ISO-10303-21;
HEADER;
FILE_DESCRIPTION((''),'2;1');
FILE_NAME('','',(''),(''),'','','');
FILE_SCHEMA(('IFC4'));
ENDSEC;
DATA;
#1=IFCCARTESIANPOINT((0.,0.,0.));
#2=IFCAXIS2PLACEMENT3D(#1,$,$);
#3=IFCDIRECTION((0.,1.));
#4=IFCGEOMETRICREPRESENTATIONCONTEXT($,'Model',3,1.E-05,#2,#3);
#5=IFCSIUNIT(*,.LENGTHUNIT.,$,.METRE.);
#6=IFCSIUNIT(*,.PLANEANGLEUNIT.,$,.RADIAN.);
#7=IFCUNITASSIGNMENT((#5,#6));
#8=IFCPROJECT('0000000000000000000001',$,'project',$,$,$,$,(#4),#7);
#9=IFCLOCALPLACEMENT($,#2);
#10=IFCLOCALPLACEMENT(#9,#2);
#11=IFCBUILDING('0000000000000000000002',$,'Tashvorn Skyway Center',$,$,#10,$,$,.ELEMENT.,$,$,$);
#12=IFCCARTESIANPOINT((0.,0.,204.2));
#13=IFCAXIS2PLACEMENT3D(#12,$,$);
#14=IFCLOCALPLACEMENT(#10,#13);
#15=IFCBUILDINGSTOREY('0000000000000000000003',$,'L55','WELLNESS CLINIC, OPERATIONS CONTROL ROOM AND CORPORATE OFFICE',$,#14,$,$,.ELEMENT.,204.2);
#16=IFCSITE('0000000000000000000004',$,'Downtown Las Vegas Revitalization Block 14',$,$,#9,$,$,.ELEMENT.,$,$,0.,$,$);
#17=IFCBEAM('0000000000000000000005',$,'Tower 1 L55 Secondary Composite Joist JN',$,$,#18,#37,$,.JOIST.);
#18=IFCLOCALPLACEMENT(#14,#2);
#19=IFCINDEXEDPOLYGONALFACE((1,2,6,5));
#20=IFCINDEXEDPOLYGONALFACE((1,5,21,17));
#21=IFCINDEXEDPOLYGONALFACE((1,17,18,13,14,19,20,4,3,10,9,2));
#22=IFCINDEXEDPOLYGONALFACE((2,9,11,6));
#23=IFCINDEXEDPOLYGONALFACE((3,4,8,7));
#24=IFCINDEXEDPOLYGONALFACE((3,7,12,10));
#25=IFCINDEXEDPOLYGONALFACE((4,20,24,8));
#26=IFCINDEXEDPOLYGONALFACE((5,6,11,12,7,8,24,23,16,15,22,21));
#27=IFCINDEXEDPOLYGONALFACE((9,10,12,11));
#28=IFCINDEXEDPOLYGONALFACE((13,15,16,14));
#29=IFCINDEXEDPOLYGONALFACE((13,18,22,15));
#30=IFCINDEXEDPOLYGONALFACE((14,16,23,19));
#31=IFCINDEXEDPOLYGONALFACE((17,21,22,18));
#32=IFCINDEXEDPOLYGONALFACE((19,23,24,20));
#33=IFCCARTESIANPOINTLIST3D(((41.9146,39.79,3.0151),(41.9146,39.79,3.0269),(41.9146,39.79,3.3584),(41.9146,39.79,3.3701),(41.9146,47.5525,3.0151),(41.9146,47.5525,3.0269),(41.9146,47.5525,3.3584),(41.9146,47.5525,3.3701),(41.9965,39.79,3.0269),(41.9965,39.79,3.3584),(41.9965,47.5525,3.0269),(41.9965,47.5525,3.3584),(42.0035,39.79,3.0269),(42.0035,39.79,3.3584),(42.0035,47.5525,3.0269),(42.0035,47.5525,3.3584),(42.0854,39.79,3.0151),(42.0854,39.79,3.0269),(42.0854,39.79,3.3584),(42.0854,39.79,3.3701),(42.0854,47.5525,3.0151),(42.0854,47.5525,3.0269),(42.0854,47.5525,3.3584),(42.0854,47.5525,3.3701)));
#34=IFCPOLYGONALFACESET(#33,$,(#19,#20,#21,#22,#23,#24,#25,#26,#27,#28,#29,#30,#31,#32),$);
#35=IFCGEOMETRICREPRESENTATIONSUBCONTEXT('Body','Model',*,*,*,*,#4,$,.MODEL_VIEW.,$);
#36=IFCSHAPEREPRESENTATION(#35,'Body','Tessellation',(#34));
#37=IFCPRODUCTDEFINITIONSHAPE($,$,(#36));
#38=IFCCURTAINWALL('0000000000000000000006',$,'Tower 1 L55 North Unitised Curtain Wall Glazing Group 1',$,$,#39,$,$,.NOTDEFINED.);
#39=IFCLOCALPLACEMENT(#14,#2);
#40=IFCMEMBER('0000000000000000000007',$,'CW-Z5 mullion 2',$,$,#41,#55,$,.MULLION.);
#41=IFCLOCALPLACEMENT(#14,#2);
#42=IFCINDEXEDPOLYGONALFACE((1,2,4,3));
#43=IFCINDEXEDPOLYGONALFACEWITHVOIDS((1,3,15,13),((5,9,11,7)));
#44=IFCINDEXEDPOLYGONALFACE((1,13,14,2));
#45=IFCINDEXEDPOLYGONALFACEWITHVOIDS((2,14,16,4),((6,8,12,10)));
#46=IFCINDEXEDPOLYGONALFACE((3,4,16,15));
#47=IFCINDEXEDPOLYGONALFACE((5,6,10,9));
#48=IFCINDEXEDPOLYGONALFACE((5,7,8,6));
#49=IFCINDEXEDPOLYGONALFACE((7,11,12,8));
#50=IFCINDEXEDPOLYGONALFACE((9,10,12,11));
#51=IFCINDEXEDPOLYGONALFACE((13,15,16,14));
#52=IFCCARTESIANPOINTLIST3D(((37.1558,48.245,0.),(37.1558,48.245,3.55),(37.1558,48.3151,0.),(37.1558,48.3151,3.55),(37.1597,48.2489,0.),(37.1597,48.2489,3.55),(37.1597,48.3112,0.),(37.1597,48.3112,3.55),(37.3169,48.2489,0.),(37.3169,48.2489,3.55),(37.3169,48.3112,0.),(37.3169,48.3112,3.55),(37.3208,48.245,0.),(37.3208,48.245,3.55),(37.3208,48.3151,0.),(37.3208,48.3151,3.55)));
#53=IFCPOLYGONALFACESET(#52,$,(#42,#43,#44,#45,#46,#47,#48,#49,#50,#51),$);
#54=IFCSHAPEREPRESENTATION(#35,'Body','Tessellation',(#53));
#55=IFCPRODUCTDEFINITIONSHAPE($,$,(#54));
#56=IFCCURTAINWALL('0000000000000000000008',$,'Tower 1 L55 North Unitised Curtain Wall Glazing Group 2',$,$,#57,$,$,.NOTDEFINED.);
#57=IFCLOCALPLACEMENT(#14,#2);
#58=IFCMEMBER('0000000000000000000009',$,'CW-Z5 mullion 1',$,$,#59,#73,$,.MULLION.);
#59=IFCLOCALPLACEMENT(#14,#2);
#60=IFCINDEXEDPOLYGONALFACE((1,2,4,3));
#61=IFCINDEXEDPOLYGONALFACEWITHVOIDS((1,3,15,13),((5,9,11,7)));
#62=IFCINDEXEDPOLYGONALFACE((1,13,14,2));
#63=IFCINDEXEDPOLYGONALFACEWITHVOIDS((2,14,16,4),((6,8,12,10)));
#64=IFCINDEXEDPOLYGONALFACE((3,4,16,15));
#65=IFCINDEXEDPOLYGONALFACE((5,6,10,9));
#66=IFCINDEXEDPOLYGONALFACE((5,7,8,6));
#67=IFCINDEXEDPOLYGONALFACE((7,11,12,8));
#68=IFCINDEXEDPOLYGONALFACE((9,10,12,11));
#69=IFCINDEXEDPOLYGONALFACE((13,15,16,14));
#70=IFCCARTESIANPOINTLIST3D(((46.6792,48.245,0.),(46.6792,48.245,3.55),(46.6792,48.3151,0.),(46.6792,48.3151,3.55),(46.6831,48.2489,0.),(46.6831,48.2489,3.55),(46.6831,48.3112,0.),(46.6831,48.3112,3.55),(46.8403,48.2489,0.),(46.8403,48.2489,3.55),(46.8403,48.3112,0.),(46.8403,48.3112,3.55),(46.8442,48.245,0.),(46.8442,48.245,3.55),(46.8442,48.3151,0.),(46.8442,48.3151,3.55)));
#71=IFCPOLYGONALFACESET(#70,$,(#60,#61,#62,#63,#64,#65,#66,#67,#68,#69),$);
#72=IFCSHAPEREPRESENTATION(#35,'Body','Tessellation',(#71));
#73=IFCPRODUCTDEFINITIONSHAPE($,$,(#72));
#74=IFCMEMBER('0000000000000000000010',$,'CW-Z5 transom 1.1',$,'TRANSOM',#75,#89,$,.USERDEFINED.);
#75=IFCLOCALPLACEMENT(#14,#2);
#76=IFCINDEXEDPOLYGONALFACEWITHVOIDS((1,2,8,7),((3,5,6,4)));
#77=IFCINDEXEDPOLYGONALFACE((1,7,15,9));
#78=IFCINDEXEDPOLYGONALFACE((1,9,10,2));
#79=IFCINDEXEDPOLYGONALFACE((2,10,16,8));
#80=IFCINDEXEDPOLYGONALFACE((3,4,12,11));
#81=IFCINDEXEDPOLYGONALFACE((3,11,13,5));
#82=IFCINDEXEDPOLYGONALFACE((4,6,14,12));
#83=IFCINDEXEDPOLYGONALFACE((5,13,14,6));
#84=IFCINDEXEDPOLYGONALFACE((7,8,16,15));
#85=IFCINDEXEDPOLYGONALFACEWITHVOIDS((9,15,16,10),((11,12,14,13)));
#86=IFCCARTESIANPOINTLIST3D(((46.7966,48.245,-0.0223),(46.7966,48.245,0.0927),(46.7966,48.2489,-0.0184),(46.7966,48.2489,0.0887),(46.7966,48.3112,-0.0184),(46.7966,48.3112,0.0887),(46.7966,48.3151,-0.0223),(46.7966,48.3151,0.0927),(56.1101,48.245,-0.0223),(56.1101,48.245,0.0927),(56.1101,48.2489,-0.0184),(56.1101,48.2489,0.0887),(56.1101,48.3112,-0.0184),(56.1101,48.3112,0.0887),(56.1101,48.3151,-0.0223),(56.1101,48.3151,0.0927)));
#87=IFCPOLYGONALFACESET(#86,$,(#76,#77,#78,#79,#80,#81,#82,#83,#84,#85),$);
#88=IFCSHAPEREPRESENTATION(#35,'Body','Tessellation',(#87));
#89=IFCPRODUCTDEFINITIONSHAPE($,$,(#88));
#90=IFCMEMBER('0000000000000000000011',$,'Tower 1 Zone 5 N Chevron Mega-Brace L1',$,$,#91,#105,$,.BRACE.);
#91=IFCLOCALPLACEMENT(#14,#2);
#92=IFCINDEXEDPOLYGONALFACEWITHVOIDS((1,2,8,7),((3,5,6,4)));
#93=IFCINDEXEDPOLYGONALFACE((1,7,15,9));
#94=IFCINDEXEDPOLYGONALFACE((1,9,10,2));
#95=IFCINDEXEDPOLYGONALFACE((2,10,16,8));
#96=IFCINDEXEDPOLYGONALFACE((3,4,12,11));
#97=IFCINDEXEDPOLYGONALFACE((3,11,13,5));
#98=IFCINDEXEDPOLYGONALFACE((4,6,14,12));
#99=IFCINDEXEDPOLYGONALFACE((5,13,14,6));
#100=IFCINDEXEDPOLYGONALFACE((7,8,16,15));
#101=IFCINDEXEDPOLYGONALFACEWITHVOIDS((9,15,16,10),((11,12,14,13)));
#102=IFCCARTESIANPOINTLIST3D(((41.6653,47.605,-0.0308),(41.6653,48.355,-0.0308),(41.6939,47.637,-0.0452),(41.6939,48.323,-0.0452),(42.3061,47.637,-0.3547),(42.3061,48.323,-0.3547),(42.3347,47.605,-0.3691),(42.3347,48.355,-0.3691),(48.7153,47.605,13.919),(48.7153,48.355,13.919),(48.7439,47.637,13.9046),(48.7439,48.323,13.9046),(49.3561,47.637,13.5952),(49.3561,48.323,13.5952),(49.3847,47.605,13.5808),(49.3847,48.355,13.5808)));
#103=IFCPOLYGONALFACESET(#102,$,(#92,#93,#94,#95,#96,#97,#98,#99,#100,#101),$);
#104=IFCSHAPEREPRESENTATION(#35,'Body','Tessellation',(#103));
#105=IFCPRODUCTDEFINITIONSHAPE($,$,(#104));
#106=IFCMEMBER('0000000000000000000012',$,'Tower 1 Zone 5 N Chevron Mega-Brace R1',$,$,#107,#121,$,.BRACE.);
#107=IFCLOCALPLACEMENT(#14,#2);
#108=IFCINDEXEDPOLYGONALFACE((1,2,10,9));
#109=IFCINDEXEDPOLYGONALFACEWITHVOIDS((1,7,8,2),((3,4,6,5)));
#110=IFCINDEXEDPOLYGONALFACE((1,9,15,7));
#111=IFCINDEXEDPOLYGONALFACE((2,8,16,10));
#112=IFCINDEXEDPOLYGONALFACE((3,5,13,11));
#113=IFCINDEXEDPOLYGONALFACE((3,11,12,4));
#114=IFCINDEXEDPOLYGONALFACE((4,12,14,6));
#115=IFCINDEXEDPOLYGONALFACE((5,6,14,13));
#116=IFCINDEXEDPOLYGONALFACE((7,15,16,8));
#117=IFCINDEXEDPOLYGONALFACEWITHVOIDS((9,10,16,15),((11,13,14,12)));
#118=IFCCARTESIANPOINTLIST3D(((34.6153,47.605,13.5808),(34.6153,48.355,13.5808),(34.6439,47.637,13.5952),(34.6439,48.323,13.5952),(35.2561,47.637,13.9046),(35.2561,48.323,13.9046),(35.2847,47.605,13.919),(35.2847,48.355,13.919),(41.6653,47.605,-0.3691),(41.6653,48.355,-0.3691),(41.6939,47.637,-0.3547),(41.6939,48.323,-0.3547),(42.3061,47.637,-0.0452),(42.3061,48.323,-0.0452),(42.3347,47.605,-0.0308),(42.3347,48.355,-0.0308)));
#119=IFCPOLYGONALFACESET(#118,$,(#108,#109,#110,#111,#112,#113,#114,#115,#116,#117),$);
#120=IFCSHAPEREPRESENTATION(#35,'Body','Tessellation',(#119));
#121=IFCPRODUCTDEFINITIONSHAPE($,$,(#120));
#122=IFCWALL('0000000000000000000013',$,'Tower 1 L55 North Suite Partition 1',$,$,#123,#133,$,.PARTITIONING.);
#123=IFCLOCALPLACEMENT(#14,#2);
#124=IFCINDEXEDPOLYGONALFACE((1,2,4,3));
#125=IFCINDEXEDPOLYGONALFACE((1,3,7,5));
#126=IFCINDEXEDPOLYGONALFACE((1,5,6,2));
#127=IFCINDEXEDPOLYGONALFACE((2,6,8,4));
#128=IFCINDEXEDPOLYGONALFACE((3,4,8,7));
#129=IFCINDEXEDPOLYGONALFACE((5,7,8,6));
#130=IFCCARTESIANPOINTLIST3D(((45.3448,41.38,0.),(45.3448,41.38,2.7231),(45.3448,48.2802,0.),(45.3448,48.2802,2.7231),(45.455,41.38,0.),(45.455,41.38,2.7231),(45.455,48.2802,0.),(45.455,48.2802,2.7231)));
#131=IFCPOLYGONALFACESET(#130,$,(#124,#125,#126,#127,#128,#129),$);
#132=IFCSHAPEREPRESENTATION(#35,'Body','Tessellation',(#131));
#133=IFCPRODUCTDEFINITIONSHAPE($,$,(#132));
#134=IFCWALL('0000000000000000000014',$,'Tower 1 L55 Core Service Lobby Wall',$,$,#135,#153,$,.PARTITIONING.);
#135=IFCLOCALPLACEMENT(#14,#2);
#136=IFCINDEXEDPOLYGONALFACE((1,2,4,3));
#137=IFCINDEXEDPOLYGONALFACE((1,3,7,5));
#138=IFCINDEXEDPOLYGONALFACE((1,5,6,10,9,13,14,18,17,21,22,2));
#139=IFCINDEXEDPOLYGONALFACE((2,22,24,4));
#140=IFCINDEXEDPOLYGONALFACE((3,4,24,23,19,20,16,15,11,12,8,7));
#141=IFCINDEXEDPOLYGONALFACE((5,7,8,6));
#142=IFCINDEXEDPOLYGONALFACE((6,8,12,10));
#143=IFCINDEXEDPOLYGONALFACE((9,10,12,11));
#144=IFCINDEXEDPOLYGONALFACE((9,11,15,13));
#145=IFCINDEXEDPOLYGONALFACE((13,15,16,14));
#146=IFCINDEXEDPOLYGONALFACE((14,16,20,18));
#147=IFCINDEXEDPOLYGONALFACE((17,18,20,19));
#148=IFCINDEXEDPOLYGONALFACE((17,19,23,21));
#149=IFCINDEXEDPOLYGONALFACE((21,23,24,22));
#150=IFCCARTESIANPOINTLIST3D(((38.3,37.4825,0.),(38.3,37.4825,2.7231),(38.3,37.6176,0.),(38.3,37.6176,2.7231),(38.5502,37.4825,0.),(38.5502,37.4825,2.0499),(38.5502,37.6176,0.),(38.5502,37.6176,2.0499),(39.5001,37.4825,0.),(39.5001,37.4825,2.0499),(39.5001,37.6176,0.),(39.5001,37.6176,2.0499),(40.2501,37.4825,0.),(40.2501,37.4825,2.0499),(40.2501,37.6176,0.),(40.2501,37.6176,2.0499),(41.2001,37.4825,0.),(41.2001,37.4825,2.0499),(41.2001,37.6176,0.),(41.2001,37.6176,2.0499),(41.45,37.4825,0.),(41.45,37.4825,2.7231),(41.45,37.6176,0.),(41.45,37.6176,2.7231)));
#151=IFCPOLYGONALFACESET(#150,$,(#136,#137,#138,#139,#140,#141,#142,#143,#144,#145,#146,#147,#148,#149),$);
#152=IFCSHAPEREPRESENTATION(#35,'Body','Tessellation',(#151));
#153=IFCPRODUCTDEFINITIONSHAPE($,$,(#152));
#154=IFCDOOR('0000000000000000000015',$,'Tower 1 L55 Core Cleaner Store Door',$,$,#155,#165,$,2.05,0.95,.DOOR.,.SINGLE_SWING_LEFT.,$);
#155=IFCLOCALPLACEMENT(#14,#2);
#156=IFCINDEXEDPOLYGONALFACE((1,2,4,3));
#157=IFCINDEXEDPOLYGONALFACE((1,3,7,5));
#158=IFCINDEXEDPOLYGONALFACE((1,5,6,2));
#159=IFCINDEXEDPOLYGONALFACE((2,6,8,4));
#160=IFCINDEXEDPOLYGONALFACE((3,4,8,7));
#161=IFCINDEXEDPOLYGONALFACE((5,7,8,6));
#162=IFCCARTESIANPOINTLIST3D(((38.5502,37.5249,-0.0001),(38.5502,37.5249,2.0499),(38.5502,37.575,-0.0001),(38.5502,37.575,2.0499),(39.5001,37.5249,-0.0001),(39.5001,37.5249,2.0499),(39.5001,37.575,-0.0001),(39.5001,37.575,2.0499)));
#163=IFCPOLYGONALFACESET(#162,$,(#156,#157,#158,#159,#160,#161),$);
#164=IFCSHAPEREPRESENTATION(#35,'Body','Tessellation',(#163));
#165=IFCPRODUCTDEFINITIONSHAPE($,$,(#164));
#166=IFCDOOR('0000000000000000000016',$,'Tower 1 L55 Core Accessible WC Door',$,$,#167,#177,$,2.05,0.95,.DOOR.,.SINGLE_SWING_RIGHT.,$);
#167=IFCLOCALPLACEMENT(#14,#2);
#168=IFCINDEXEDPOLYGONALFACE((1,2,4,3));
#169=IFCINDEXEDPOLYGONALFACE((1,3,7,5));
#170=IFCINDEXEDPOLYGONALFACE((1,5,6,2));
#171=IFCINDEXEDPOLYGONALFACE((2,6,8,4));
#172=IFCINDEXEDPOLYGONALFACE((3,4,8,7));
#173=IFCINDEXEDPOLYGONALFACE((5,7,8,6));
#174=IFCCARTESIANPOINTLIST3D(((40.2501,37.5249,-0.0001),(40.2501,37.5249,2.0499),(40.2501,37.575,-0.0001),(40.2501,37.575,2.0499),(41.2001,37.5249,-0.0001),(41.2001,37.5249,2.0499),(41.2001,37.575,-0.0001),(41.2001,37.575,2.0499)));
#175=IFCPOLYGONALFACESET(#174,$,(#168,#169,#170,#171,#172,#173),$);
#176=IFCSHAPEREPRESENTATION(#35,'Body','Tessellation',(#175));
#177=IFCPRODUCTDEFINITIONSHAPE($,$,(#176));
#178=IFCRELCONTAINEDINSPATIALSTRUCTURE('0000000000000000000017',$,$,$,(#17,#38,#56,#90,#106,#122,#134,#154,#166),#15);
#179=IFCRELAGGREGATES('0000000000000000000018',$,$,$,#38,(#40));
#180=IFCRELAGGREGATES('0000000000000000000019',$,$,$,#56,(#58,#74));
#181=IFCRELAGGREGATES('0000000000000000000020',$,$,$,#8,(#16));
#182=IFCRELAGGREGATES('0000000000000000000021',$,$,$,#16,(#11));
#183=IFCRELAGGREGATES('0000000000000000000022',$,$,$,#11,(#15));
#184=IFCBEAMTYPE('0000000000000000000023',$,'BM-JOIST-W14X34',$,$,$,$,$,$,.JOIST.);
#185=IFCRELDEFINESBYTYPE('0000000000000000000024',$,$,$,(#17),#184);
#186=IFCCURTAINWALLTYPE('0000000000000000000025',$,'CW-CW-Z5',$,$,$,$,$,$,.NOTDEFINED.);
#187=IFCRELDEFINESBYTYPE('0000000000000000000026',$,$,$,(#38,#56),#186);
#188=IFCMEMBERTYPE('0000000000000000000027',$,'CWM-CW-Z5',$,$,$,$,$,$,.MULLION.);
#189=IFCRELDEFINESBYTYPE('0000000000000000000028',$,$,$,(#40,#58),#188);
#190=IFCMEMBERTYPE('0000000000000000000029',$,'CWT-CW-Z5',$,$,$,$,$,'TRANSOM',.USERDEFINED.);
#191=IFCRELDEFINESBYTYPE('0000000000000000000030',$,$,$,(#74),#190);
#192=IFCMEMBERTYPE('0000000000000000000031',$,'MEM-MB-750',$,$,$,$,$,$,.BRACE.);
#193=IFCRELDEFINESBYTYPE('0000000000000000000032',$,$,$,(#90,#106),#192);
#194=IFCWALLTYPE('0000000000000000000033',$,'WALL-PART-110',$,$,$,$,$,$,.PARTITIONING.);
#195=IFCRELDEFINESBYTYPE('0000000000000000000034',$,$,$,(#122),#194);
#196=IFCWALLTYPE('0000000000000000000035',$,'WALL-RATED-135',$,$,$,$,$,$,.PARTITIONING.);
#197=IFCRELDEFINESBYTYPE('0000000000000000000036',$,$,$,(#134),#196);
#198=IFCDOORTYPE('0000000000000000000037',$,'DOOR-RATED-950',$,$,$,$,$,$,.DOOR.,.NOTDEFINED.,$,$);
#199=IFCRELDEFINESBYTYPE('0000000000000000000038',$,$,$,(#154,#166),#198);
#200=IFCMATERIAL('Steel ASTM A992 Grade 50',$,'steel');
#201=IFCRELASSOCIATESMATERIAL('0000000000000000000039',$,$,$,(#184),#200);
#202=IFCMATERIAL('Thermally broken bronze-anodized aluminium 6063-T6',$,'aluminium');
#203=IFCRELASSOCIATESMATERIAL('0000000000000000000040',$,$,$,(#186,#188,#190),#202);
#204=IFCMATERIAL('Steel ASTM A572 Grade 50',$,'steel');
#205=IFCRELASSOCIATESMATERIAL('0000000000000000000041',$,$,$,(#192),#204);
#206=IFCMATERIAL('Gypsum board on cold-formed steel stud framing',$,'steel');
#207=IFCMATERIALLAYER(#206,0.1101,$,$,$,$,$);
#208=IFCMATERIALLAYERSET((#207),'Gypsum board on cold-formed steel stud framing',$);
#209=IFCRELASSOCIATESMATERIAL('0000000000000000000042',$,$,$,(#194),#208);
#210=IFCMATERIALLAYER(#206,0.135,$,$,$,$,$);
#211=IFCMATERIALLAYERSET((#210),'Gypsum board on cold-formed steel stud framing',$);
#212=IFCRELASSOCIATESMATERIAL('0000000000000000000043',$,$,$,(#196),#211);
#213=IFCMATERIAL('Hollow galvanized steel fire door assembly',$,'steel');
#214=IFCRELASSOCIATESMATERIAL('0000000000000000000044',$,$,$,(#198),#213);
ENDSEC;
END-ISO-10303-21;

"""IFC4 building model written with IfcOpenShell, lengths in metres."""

from ifc_helpers import new_model, si_unit, direction, frame, frame_2d, origin, origin_2d, place, context, subcontext, project, spatial, rectangle, hollow_rectangle, i_section, extrude, material, layer, layer_set, material_profile, profile_set, type_object, element, fill, aggregate, save


model = new_model("IFC4")

# Units and contexts
model_context = context("Model", 3, precision=1e-05, world=origin(), true_north=direction((0.0, 1.0)))
body_context = subcontext(model_context, "Body", "Model", "MODEL_VIEW")
ifc_project = project(units=[si_unit("LENGTHUNIT", "METRE"), si_unit("PLANEANGLEUNIT", "RADIAN")], contexts=[model_context])

# Site, building, storey
site_placement = place(None, origin())
site = spatial("IfcSite", under=ifc_project, at=site_placement, Name="Downtown Las Vegas Revitalization Block 14", CompositionType="ELEMENT", RefElevation=0.0)
building_placement = place(site_placement, origin())
building = spatial("IfcBuilding", under=site, at=building_placement, Name="Tashvorn Skyway Center", CompositionType="ELEMENT")
storey_placement = place(building_placement, frame((0.0, 0.0, 204.2)))
storey = spatial("IfcBuildingStorey", under=building, at=storey_placement, Name="L55", Description="WELLNESS CLINIC, OPERATIONS CONTROL ROOM AND CORPORATE OFFICE", CompositionType="ELEMENT", Elevation=204.2)

# Beam
ifc_material_1 = material(Name="Steel ASTM A992 Grade 50", Category="steel")
ifc_material_profile_1 = material_profile(ifc_material_1, i_section(OverallWidth=0.1709, OverallDepth=0.355, WebThickness=0.0071, FlangeThickness=0.0117, at=origin_2d()), Name="W14X34")
ifc_profile_set_1 = profile_set([ifc_material_profile_1], Name="Steel ASTM A992 Grade 50")
beam_type = type_object("IfcBeamType", Name="BM-JOIST-W14X34", PredefinedType="JOIST", material=ifc_profile_set_1)
beam_placement = place(storey_placement, frame((42.0, 39.79, 3.1926), z_axis=(0.0, 1.0, 0.0), x_axis=(-1.0, 0.0, 0.0)))
element("IfcBeam", 1, at=beam_placement, inside=storey, type_object=beam_type, Name="Tower 1 L55 Secondary Composite Joist JN", PredefinedType="JOIST", context=body_context, shape_type="SweptSolid", body=[
    extrude(i_section(OverallWidth=0.1709, OverallDepth=0.355, WebThickness=0.0071, FlangeThickness=0.0117, at=origin_2d()), origin(), (0.0, 0.0, 1.0), 7.7625),
])

# Curtain wall, member
ifc_material_2 = material(Name="Thermally broken bronze-anodized aluminium 6063-T6", Category="aluminium")
curtain_wall_type = type_object("IfcCurtainWallType", Name="CW-CW-Z5", PredefinedType="NOTDEFINED", material=ifc_material_2)
curtain_wall_1_placement = place(storey_placement, origin())
curtain_wall_1 = element("IfcCurtainWall", 2, at=curtain_wall_1_placement, inside=storey, type_object=curtain_wall_type, Name="Tower 1 L55 North Unitised Curtain Wall Glazing Group 1", PredefinedType="NOTDEFINED")
ifc_material_profile_2 = material_profile(ifc_material_2, hollow_rectangle(XDim=0.0701, YDim=0.165, WallThickness=0.0039, at=origin_2d()), Name="ALU-MULL-70x165")
ifc_profile_set_2 = profile_set([ifc_material_profile_2], Name="Thermally broken bronze-anodized aluminium 6063-T6")
member_type_1 = type_object("IfcMemberType", Name="CWM-CW-Z5", PredefinedType="MULLION", material=ifc_profile_set_2)
member_1_placement = place(storey_placement, frame((37.2383, 48.28, 0.0), z_axis=(0.0, 0.0, 1.0), x_axis=(0.0, 1.0, 0.0)))
member_1 = element("IfcMember", 3, at=member_1_placement, type_object=member_type_1, Name="CW-Z5 mullion 2", PredefinedType="MULLION", context=body_context, shape_type="SweptSolid", body=[
    extrude(hollow_rectangle(XDim=0.0701, YDim=0.165, WallThickness=0.0039, at=origin_2d()), origin(), (0.0, 0.0, 1.0), 3.55),
])
aggregate(curtain_wall_1, [member_1])

# Curtain wall, members
curtain_wall_2_placement = place(storey_placement, origin())
curtain_wall_2 = element("IfcCurtainWall", 4, at=curtain_wall_2_placement, inside=storey, type_object=curtain_wall_type, Name="Tower 1 L55 North Unitised Curtain Wall Glazing Group 2", PredefinedType="NOTDEFINED")
member_2_placement = place(storey_placement, frame((46.7617, 48.28, 0.0), z_axis=(0.0, 0.0, 1.0), x_axis=(0.0, 1.0, 0.0)))
member_2 = element("IfcMember", 5, at=member_2_placement, type_object=member_type_1, Name="CW-Z5 mullion 1", PredefinedType="MULLION", context=body_context, shape_type="SweptSolid", body=[
    extrude(hollow_rectangle(XDim=0.0701, YDim=0.165, WallThickness=0.0039, at=origin_2d()), origin(), (0.0, 0.0, 1.0), 3.55),
])
ifc_material_profile_3 = material_profile(ifc_material_2, hollow_rectangle(XDim=0.0701, YDim=0.115, WallThickness=0.0039, at=origin_2d()), Name="ALU-TRAN-70x115")
ifc_profile_set_3 = profile_set([ifc_material_profile_3], Name="Thermally broken bronze-anodized aluminium 6063-T6")
member_type_2 = type_object("IfcMemberType", Name="CWT-CW-Z5", ElementType="TRANSOM", PredefinedType="USERDEFINED", material=ifc_profile_set_3)
member_3_placement = place(storey_placement, frame((46.7966, 48.28, 0.0352), z_axis=(1.0, 0.0, 0.0), x_axis=(0.0, 1.0, 0.0)))
member_3 = element("IfcMember", 6, at=member_3_placement, type_object=member_type_2, Name="CW-Z5 transom 1.1", ObjectType="TRANSOM", PredefinedType="USERDEFINED", context=body_context, shape_type="SweptSolid", body=[
    extrude(hollow_rectangle(XDim=0.0701, YDim=0.115, WallThickness=0.0039, at=origin_2d()), origin(), (0.0, 0.0, 1.0), 9.3135),
])
aggregate(curtain_wall_2, [member_2, member_3])

# Members
ifc_material_3 = material(Name="Steel ASTM A572 Grade 50", Category="steel")
ifc_material_profile_4 = material_profile(ifc_material_3, hollow_rectangle(XDim=0.75, YDim=0.75, WallThickness=0.032, at=origin_2d()), Name="BOX750x750x32")
ifc_profile_set_4 = profile_set([ifc_material_profile_4], Name="Steel ASTM A572 Grade 50")
member_type_3 = type_object("IfcMemberType", Name="MEM-MB-750", PredefinedType="BRACE", material=ifc_profile_set_4)
for number, where, z_axis, x_axis, name in (
    (7, (42.0, 47.98, -0.2), (0.451052, 0.0, 0.892498), (0.0, 1.0, 0.0), "Tower 1 Zone 5 N Chevron Mega-Brace L1"),
    (8, (42.0, 47.98, -0.2), (-0.451052, 0.0, 0.892498), (0.0, -1.0, 0.0), "Tower 1 Zone 5 N Chevron Mega-Brace R1"),
):
    element("IfcMember", number, at=place(storey_placement, frame(where, z_axis=z_axis, x_axis=x_axis)), inside=storey, type_object=member_type_3, Name=name, PredefinedType="BRACE", context=body_context, shape_type="SweptSolid", body=[
        extrude(hollow_rectangle(XDim=0.75, YDim=0.75, WallThickness=0.032, at=origin_2d()), origin(), (0.0, 0.0, 1.0), 15.6301),
    ])

# Wall
ifc_material_4 = material(Name="Gypsum board on cold-formed steel stud framing", Category="steel")
ifc_layer_1 = layer(ifc_material_4, 0.1101)
ifc_layer_set_1 = layer_set([ifc_layer_1], Name="Gypsum board on cold-formed steel stud framing")
wall_type_1 = type_object("IfcWallType", Name="WALL-PART-110", PredefinedType="PARTITIONING", material=ifc_layer_set_1)
wall_1_placement = place(storey_placement, frame((45.3999, 41.3799, 0.0), z_axis=(0.0, 0.0, 1.0), x_axis=(0.0, 1.0, 0.0)))
element("IfcWall", 9, at=wall_1_placement, inside=storey, type_object=wall_type_1, Name="Tower 1 L55 North Suite Partition 1", PredefinedType="PARTITIONING", context=body_context, shape_type="SweptSolid", body=[
    extrude(rectangle(XDim=6.9001, YDim=0.1101, at=frame_2d((3.4502, 0.0))), origin(), (0.0, 0.0, 1.0), 2.7231),
])

# Wall, openings, doors
ifc_layer_2 = layer(ifc_material_4, 0.135)
ifc_layer_set_2 = layer_set([ifc_layer_2], Name="Gypsum board on cold-formed steel stud framing")
wall_type_2 = type_object("IfcWallType", Name="WALL-RATED-135", PredefinedType="PARTITIONING", material=ifc_layer_set_2)
wall_2_placement = place(storey_placement, frame((38.3, 37.55, 0.0), z_axis=(0.0, 0.0, 1.0), x_axis=(1.0, 0.0, 0.0)))
wall_2 = element("IfcWall", 10, at=wall_2_placement, inside=storey, type_object=wall_type_2, Name="Tower 1 L55 Core Service Lobby Wall", PredefinedType="PARTITIONING", context=body_context, shape_type="SweptSolid", body=[
    extrude(rectangle(XDim=3.1499, YDim=0.135, at=frame_2d((1.575, 0.0))), origin(), (0.0, 0.0, 1.0), 2.7231),
])
opening_1_placement = place(wall_2_placement, frame((0.25, 0.0, 0.0)))
opening_1 = element("IfcOpeningElement", 11, at=opening_1_placement, cuts=wall_2, PredefinedType="OPENING", context=body_context, shape_type="SweptSolid", body=[
    extrude(rectangle(XDim=0.95, YDim=2.05, at=frame_2d((0.4751, 1.0249))), frame((0.0, 0.0774, 0.0), z_axis=(0.0, -1.0, 0.0), x_axis=(1.0, 0.0, 0.0)), (0.0, 0.0, 1.0), 0.155),
])
opening_2_placement = place(wall_2_placement, frame((1.95, 0.0, 0.0)))
opening_2 = element("IfcOpeningElement", 12, at=opening_2_placement, cuts=wall_2, PredefinedType="OPENING", context=body_context, shape_type="SweptSolid", body=[
    extrude(rectangle(XDim=0.95, YDim=2.05, at=frame_2d((0.4751, 1.0249))), frame((0.0, 0.0774, 0.0), z_axis=(0.0, -1.0, 0.0), x_axis=(1.0, 0.0, 0.0)), (0.0, 0.0, 1.0), 0.155),
])
ifc_material_5 = material(Name="Hollow galvanized steel fire door assembly", Category="steel")
door_type_1 = type_object("IfcDoorType", Name="DOOR-RATED-950", OperationType="NOTDEFINED", PredefinedType="DOOR", material=ifc_material_5)
door_1_placement = place(opening_1_placement, origin())
door_1 = element("IfcDoor", 13, at=door_1_placement, inside=storey, type_object=door_type_1, Name="Tower 1 L55 Core Cleaner Store Door", OperationType="SINGLE_SWING_LEFT", OverallHeight=2.05, OverallWidth=0.95, PredefinedType="DOOR", context=body_context, shape_type="SweptSolid", body=[
    extrude(rectangle(XDim=0.95, YDim=2.05, at=frame_2d((0.4751, 1.0249))), frame((0.0, 0.0249, 0.0), z_axis=(0.0, -1.0, 0.0), x_axis=(1.0, 0.0, 0.0)), (0.0, 0.0, 1.0), 0.05),
])
fill(opening_1, door_1)
door_2_placement = place(opening_2_placement, origin())
door_2 = element("IfcDoor", 14, at=door_2_placement, inside=storey, type_object=door_type_1, Name="Tower 1 L55 Core Accessible WC Door", OperationType="SINGLE_SWING_RIGHT", OverallHeight=2.05, OverallWidth=0.95, PredefinedType="DOOR", context=body_context, shape_type="SweptSolid", body=[
    extrude(rectangle(XDim=0.95, YDim=2.05, at=frame_2d((0.4751, 1.0249))), frame((0.0, 0.0249, 0.0), z_axis=(0.0, -1.0, 0.0), x_axis=(1.0, 0.0, 0.0)), (0.0, 0.0, 1.0), 0.05),
])
fill(opening_2, door_2)

save(model, "model.ifc")
